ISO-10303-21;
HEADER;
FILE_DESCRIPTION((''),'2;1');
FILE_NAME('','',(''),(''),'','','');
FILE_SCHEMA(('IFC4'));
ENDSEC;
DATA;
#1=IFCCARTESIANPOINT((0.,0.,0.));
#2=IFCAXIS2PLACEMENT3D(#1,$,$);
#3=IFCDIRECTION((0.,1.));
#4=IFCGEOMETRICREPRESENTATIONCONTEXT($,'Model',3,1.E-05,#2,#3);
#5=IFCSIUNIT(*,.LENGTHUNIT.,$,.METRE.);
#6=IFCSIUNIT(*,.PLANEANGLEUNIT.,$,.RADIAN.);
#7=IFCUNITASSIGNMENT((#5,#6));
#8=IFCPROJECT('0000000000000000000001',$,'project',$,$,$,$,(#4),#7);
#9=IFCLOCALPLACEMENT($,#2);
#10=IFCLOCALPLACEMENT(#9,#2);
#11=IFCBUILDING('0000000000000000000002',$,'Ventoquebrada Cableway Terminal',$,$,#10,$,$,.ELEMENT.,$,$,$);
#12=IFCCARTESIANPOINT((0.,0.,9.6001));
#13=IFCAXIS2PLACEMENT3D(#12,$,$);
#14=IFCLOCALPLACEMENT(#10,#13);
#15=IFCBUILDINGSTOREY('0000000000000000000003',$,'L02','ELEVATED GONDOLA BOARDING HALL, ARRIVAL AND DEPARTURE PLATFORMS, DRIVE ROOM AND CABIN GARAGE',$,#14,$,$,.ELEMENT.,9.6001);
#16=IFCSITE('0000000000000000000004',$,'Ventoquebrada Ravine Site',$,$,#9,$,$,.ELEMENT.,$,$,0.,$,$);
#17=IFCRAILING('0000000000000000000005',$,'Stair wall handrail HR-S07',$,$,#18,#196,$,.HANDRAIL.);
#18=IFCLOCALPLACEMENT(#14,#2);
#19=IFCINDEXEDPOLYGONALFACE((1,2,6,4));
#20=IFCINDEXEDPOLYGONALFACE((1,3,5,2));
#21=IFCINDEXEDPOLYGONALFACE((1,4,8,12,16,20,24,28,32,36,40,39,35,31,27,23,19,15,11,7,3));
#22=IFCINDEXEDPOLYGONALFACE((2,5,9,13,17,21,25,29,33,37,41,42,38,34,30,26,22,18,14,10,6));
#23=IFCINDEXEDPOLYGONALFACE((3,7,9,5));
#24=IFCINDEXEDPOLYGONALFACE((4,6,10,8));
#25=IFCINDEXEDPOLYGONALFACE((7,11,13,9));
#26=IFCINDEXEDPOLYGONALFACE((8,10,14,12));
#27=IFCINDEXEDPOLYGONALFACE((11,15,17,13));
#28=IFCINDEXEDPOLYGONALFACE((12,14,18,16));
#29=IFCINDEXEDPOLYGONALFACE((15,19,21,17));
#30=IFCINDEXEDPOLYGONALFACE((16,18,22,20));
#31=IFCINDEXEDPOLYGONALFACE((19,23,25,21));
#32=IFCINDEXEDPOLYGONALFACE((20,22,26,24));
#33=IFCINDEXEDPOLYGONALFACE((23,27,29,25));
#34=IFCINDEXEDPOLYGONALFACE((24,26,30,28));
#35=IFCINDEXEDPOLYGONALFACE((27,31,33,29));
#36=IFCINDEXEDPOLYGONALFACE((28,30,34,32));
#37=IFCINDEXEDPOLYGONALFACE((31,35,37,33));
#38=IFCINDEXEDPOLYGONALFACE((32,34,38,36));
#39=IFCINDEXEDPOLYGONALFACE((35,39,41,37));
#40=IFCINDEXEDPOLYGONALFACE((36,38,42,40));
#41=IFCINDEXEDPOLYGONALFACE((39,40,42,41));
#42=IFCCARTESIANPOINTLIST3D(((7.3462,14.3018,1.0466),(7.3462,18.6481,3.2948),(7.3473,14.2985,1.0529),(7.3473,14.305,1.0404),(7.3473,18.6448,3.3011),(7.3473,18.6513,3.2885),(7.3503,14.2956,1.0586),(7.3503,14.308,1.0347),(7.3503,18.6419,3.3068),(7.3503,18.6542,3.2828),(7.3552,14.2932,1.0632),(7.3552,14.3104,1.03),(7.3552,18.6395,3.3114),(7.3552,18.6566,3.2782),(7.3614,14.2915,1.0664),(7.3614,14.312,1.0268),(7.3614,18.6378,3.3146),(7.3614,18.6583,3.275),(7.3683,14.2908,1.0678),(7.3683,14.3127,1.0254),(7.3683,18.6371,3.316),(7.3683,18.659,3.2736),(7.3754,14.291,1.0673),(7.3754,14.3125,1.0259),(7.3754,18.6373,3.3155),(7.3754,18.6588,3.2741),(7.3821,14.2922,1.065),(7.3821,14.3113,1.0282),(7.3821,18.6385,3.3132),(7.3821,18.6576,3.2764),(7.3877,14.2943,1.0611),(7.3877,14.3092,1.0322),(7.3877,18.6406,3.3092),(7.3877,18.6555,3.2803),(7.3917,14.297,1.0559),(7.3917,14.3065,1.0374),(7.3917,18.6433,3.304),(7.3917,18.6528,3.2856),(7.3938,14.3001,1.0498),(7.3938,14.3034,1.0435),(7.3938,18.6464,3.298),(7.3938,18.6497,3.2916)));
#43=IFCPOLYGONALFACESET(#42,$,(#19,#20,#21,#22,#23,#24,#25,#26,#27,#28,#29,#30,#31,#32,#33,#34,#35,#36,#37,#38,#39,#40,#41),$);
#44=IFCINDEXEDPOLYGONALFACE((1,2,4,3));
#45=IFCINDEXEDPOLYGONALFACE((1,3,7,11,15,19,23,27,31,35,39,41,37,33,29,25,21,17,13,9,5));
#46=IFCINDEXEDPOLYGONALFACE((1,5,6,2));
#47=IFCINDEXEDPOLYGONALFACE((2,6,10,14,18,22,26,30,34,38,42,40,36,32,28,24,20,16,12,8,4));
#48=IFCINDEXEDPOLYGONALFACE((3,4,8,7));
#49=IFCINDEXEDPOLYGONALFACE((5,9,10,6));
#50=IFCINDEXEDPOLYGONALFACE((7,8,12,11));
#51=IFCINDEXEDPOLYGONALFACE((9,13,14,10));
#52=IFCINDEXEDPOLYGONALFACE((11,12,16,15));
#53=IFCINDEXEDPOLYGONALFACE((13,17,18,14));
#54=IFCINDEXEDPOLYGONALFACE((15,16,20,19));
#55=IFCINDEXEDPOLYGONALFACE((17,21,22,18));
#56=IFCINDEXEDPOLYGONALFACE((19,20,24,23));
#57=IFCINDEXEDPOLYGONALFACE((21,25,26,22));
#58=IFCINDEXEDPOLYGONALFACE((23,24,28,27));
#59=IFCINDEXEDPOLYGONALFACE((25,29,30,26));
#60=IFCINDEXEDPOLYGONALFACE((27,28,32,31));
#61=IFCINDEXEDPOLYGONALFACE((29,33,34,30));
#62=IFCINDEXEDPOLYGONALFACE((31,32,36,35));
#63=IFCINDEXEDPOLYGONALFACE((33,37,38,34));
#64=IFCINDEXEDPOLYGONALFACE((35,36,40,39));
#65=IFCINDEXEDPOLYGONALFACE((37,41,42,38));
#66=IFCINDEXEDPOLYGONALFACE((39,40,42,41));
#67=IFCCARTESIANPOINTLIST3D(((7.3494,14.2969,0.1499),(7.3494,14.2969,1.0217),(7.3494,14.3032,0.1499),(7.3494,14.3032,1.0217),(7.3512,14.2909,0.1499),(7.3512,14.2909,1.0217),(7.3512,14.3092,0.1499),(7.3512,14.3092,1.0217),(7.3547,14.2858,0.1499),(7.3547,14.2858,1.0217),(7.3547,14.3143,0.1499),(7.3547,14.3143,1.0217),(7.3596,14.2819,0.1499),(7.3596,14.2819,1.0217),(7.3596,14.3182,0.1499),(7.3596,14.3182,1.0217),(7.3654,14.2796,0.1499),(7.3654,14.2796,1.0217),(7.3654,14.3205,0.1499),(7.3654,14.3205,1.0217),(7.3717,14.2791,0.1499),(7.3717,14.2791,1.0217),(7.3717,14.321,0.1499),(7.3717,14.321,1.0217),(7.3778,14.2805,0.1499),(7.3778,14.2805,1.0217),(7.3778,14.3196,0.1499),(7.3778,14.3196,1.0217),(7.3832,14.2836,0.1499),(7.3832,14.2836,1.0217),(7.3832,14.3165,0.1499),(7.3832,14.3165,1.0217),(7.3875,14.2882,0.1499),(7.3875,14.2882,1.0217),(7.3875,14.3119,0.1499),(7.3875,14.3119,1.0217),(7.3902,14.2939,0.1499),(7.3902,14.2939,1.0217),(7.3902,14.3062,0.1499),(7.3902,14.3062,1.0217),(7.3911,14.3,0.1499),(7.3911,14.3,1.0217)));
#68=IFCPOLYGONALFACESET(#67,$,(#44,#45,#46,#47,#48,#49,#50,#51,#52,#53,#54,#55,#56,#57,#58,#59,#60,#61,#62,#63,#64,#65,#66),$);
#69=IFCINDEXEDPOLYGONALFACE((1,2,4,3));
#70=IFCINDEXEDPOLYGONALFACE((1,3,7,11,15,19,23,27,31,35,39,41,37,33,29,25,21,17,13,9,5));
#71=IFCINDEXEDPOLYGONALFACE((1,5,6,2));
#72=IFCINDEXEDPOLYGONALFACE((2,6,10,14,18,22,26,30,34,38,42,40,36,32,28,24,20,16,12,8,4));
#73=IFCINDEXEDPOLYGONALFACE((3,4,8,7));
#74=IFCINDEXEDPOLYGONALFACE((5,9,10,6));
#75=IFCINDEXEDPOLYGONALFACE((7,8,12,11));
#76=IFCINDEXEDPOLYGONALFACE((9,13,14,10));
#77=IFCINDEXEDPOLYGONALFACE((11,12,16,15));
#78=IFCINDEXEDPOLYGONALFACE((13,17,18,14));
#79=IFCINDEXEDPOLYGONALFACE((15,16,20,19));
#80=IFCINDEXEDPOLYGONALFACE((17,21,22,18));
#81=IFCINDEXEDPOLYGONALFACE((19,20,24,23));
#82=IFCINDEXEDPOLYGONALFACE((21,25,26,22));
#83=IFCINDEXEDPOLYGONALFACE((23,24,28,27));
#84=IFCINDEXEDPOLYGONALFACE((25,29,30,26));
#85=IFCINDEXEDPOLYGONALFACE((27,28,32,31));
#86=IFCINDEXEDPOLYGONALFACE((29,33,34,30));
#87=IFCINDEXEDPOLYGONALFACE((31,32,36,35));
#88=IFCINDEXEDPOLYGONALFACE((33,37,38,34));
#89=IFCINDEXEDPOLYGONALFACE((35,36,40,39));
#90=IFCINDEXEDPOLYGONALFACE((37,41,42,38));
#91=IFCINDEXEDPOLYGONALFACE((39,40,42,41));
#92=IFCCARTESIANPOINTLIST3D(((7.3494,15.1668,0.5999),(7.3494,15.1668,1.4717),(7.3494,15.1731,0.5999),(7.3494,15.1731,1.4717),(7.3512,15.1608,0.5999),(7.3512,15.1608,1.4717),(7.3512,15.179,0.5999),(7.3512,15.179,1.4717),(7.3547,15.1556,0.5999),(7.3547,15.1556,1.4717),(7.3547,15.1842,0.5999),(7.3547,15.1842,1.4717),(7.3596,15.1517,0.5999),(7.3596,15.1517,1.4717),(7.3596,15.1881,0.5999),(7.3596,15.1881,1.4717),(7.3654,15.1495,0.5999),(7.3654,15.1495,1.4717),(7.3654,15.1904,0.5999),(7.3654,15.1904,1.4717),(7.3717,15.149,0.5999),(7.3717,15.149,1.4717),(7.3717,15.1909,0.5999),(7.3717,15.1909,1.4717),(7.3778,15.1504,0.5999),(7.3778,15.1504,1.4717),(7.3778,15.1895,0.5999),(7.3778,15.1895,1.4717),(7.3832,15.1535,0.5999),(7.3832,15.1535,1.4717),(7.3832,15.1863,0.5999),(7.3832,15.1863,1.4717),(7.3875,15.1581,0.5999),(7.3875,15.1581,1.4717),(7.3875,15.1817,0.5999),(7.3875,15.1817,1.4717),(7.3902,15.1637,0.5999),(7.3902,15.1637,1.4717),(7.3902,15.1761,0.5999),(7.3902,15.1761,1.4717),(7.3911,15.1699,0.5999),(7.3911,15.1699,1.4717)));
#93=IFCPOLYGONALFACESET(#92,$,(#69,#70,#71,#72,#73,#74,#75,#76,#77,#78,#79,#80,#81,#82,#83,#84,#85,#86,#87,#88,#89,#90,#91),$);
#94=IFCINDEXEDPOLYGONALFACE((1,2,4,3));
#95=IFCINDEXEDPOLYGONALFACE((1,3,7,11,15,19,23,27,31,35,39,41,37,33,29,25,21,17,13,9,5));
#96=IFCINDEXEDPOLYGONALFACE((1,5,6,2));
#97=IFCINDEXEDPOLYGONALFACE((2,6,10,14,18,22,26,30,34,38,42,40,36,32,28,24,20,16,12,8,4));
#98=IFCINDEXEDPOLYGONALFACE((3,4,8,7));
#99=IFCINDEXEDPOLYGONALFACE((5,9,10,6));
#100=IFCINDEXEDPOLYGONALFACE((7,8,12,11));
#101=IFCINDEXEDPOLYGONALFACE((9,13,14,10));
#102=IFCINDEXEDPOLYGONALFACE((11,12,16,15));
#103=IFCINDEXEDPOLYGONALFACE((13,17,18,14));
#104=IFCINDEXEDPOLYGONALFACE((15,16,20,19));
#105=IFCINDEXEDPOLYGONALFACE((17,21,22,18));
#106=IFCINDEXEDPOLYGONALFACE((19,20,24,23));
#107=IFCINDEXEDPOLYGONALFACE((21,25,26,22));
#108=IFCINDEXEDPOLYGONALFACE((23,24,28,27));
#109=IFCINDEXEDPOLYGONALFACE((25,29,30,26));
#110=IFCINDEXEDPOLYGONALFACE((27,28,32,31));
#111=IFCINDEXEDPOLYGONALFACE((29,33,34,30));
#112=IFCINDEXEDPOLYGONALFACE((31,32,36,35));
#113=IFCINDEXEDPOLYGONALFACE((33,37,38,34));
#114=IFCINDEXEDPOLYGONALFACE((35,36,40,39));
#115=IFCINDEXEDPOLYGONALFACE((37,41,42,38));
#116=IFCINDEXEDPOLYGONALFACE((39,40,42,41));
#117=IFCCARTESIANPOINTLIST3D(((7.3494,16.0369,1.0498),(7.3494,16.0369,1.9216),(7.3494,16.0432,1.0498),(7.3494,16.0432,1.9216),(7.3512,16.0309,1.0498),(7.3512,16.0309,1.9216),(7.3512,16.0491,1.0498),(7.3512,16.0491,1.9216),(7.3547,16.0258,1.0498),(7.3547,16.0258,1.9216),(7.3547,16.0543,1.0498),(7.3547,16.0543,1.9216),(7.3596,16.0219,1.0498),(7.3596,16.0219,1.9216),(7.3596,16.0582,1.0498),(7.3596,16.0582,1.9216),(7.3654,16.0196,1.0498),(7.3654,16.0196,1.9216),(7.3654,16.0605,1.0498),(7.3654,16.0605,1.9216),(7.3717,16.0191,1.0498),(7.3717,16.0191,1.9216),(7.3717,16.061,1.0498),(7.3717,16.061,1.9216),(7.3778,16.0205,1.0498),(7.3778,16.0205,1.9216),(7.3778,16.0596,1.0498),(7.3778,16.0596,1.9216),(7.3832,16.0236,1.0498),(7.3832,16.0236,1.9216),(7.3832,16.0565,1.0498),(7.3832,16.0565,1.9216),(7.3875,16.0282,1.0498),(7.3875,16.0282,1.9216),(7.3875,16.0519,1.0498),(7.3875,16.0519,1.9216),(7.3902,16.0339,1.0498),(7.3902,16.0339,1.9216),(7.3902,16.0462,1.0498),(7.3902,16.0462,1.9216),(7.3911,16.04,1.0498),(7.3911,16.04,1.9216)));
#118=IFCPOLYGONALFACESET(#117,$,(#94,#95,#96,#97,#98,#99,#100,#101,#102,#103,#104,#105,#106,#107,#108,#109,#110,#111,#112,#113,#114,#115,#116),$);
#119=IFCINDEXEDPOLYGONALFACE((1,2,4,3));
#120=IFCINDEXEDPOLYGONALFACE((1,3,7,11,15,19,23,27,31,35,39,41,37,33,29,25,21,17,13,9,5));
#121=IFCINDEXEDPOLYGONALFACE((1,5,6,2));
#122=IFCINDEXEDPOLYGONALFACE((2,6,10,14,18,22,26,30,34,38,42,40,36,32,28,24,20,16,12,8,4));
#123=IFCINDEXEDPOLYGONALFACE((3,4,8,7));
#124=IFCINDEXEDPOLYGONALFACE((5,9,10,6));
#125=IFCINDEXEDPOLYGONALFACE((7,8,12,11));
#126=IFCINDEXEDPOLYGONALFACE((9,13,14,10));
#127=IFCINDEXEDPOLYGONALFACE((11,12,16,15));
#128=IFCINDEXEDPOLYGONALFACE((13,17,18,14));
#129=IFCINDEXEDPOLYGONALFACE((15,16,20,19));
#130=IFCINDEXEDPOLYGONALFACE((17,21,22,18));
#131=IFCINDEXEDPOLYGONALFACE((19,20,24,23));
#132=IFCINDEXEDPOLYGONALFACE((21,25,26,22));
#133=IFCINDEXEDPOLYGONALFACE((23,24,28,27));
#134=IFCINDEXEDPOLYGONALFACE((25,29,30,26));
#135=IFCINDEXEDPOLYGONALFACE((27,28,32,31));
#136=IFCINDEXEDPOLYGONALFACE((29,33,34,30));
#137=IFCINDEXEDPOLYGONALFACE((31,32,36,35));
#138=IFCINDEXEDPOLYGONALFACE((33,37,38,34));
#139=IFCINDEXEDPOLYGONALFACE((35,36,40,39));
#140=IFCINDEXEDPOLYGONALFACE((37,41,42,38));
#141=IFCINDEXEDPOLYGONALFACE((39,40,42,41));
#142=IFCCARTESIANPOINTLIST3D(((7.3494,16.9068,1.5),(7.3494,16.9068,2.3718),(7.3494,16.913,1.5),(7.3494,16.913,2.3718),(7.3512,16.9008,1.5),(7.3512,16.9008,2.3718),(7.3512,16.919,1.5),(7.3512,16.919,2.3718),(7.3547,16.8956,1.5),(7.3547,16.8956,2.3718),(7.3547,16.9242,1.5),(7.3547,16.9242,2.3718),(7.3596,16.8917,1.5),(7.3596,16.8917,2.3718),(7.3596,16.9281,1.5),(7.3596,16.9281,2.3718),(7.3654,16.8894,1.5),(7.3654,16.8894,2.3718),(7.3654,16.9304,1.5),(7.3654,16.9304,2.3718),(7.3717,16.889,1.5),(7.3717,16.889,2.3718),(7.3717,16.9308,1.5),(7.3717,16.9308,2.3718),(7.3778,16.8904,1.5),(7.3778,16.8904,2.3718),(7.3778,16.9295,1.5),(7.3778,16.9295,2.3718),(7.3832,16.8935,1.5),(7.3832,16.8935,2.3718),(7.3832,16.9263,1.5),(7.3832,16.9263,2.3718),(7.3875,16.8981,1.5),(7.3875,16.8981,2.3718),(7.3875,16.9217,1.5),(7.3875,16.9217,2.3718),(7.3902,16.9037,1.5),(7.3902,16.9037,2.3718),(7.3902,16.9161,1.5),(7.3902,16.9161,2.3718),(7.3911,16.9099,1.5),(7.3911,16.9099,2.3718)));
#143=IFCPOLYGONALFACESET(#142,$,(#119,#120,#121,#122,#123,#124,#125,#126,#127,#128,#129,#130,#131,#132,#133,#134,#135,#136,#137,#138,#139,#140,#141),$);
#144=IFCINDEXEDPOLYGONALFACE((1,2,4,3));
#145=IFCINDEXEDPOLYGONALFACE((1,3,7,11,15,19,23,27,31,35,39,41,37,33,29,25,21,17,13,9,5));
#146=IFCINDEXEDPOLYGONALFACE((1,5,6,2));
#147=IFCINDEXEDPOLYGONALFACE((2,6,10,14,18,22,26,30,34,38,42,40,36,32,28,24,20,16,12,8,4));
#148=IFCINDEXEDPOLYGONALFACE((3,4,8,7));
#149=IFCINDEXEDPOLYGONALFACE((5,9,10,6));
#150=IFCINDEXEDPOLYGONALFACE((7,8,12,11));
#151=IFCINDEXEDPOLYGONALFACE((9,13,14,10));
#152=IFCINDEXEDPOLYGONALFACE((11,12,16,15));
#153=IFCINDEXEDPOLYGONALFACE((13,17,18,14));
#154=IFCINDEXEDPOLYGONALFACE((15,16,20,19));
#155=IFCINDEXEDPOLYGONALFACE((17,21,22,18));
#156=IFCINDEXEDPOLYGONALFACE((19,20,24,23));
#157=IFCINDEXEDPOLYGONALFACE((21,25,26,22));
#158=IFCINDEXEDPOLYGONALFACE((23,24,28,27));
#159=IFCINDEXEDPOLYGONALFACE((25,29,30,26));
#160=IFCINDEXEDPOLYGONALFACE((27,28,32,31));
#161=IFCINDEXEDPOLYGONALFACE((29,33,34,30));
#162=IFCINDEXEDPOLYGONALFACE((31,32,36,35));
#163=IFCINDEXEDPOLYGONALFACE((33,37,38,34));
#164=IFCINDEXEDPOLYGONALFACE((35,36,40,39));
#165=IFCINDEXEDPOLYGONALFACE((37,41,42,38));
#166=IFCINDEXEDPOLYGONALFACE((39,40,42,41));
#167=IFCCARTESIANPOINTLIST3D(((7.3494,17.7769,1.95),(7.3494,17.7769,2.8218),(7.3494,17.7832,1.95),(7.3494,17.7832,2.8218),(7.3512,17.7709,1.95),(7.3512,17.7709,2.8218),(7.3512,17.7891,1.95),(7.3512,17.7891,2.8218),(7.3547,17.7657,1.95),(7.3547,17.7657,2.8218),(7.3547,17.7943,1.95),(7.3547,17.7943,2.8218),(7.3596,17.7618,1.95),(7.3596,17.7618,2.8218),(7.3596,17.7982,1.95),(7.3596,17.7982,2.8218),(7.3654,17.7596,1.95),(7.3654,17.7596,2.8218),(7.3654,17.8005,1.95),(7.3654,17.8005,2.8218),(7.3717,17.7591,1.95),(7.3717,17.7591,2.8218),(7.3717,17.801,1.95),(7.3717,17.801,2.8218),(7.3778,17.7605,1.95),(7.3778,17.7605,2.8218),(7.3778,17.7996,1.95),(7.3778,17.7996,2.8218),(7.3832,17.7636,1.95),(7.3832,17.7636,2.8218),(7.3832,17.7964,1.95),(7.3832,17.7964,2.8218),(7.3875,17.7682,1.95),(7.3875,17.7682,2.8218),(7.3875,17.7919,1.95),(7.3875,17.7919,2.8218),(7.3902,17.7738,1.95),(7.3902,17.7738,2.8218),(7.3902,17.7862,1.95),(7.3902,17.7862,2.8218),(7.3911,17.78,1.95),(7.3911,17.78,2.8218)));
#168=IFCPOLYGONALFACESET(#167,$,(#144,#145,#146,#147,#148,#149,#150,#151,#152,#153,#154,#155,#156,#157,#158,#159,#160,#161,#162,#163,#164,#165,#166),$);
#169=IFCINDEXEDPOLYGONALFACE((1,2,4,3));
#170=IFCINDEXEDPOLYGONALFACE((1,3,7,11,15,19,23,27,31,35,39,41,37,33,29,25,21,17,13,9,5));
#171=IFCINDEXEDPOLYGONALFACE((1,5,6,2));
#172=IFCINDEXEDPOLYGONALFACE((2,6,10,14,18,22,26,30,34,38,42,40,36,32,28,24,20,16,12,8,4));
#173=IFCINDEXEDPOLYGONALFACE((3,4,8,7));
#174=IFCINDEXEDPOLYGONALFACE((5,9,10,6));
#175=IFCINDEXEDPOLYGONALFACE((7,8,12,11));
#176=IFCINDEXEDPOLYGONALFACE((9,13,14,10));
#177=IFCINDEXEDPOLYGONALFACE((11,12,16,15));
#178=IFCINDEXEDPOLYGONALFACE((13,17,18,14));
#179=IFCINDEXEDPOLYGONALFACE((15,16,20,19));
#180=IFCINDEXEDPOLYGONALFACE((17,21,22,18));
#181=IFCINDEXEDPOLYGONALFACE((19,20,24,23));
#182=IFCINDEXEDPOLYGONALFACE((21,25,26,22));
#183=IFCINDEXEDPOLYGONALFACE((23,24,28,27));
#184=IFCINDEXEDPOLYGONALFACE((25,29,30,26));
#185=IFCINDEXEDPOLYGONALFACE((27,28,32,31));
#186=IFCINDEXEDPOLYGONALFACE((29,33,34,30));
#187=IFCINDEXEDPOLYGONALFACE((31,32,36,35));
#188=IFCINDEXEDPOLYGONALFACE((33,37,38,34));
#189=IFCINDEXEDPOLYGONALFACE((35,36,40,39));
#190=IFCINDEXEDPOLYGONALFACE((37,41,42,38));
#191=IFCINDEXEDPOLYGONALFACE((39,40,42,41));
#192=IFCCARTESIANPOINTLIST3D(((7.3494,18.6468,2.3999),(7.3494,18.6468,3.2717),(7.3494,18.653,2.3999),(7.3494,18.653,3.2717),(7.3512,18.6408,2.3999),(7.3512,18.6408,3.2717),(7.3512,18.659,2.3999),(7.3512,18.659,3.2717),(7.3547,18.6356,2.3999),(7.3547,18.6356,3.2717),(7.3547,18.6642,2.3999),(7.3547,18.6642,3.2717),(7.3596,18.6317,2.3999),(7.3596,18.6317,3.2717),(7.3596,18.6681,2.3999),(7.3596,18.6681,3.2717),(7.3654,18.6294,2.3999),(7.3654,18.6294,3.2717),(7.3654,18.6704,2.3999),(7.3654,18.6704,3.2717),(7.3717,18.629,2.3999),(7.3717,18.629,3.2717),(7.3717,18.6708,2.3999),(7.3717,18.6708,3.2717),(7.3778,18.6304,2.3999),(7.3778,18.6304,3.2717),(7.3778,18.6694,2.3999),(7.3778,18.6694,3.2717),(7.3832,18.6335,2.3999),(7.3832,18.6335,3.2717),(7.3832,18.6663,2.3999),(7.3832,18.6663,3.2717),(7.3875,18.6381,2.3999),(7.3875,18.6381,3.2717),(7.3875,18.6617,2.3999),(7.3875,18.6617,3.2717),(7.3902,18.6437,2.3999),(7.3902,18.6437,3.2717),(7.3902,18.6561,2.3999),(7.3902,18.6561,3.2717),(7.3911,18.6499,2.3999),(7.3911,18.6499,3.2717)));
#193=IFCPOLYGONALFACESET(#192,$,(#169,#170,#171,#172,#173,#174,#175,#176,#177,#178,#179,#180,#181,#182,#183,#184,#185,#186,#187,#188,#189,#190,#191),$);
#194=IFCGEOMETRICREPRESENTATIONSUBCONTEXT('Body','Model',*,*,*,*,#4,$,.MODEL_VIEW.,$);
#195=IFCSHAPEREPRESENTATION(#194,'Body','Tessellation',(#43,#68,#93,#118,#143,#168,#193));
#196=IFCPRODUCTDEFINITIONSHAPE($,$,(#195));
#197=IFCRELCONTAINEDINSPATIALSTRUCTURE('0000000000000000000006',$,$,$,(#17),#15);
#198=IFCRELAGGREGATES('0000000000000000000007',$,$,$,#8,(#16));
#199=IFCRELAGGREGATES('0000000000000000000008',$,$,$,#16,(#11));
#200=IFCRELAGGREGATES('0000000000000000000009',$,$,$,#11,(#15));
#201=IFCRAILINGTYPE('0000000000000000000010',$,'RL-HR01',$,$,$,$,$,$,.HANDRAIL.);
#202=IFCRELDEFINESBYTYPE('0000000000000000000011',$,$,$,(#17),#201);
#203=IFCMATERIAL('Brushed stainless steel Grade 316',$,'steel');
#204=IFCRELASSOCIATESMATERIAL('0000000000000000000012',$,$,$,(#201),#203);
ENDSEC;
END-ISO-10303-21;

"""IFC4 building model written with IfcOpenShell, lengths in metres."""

from ifc_helpers import new_model, si_unit, direction, frame, origin, origin_2d, place, context, subcontext, project, spatial, circle, extrude, material, type_object, element, save


model = new_model("IFC4")

# Units and contexts
model_context = context("Model", 3, precision=1e-05, world=origin(), true_north=direction((0.0, 1.0)))
body_context = subcontext(model_context, "Body", "Model", "MODEL_VIEW")
ifc_project = project(units=[si_unit("LENGTHUNIT", "METRE"), si_unit("PLANEANGLEUNIT", "RADIAN")], contexts=[model_context])

# Site, building, storey
site_placement = place(None, origin())
site = spatial("IfcSite", under=ifc_project, at=site_placement, Name="Ventoquebrada Ravine Site", CompositionType="ELEMENT", RefElevation=0.0)
building_placement = place(site_placement, origin())
building = spatial("IfcBuilding", under=site, at=building_placement, Name="Ventoquebrada Cableway Terminal", CompositionType="ELEMENT")
storey_placement = place(building_placement, frame((0.0, 0.0, 9.6001)))
storey = spatial("IfcBuildingStorey", under=building, at=storey_placement, Name="L02", Description="ELEVATED GONDOLA BOARDING HALL, ARRIVAL AND DEPARTURE PLATFORMS, DRIVE ROOM AND CABIN GARAGE", CompositionType="ELEMENT", Elevation=9.6001)

# Shared definitions
ifc_material_1 = material(Name="Brushed stainless steel Grade 316", Category="steel")

# Railing
railing_type_1 = type_object("IfcRailingType", Name="RL-HR01", PredefinedType="HANDRAIL", material=ifc_material_1)
railing_1_placement = place(storey_placement, frame((7.3701, 14.3, 0.1499)))
element("IfcRailing", 1, at=railing_1_placement, inside=storey, type_object=railing_type_1, Name="Stair wall handrail HR-S07", PredefinedType="HANDRAIL", context=body_context, shape_type="SweptSolid", body=[
    extrude(circle(Radius=0.0239, at=origin_2d()), frame((0.0, 0.0017, 0.8967), z_axis=(0.0, 0.888211, 0.459435), x_axis=(-1.0, 0.0, 0.0)), (0.0, 0.0, 1.0), 4.8933),
    extrude(circle(Radius=0.021, at=origin_2d()), origin(), (0.0, 0.0, 1.0), 0.8718),
    extrude(circle(Radius=0.021, at=origin_2d()), frame((0.0, 0.8699, 0.45)), (0.0, 0.0, 1.0), 0.8718),
    extrude(circle(Radius=0.021, at=origin_2d()), frame((0.0, 1.74, 0.8999)), (0.0, 0.0, 1.0), 0.8718),
    extrude(circle(Radius=0.021, at=origin_2d()), frame((0.0, 2.6099, 1.3501)), (0.0, 0.0, 1.0), 0.8718),
    extrude(circle(Radius=0.021, at=origin_2d()), frame((0.0, 3.48, 1.8)), (0.0, 0.0, 1.0), 0.8718),
    extrude(circle(Radius=0.021, at=origin_2d()), frame((0.0, 4.3499, 2.25)), (0.0, 0.0, 1.0), 0.8718),
])

save(model, "model.ifc")
